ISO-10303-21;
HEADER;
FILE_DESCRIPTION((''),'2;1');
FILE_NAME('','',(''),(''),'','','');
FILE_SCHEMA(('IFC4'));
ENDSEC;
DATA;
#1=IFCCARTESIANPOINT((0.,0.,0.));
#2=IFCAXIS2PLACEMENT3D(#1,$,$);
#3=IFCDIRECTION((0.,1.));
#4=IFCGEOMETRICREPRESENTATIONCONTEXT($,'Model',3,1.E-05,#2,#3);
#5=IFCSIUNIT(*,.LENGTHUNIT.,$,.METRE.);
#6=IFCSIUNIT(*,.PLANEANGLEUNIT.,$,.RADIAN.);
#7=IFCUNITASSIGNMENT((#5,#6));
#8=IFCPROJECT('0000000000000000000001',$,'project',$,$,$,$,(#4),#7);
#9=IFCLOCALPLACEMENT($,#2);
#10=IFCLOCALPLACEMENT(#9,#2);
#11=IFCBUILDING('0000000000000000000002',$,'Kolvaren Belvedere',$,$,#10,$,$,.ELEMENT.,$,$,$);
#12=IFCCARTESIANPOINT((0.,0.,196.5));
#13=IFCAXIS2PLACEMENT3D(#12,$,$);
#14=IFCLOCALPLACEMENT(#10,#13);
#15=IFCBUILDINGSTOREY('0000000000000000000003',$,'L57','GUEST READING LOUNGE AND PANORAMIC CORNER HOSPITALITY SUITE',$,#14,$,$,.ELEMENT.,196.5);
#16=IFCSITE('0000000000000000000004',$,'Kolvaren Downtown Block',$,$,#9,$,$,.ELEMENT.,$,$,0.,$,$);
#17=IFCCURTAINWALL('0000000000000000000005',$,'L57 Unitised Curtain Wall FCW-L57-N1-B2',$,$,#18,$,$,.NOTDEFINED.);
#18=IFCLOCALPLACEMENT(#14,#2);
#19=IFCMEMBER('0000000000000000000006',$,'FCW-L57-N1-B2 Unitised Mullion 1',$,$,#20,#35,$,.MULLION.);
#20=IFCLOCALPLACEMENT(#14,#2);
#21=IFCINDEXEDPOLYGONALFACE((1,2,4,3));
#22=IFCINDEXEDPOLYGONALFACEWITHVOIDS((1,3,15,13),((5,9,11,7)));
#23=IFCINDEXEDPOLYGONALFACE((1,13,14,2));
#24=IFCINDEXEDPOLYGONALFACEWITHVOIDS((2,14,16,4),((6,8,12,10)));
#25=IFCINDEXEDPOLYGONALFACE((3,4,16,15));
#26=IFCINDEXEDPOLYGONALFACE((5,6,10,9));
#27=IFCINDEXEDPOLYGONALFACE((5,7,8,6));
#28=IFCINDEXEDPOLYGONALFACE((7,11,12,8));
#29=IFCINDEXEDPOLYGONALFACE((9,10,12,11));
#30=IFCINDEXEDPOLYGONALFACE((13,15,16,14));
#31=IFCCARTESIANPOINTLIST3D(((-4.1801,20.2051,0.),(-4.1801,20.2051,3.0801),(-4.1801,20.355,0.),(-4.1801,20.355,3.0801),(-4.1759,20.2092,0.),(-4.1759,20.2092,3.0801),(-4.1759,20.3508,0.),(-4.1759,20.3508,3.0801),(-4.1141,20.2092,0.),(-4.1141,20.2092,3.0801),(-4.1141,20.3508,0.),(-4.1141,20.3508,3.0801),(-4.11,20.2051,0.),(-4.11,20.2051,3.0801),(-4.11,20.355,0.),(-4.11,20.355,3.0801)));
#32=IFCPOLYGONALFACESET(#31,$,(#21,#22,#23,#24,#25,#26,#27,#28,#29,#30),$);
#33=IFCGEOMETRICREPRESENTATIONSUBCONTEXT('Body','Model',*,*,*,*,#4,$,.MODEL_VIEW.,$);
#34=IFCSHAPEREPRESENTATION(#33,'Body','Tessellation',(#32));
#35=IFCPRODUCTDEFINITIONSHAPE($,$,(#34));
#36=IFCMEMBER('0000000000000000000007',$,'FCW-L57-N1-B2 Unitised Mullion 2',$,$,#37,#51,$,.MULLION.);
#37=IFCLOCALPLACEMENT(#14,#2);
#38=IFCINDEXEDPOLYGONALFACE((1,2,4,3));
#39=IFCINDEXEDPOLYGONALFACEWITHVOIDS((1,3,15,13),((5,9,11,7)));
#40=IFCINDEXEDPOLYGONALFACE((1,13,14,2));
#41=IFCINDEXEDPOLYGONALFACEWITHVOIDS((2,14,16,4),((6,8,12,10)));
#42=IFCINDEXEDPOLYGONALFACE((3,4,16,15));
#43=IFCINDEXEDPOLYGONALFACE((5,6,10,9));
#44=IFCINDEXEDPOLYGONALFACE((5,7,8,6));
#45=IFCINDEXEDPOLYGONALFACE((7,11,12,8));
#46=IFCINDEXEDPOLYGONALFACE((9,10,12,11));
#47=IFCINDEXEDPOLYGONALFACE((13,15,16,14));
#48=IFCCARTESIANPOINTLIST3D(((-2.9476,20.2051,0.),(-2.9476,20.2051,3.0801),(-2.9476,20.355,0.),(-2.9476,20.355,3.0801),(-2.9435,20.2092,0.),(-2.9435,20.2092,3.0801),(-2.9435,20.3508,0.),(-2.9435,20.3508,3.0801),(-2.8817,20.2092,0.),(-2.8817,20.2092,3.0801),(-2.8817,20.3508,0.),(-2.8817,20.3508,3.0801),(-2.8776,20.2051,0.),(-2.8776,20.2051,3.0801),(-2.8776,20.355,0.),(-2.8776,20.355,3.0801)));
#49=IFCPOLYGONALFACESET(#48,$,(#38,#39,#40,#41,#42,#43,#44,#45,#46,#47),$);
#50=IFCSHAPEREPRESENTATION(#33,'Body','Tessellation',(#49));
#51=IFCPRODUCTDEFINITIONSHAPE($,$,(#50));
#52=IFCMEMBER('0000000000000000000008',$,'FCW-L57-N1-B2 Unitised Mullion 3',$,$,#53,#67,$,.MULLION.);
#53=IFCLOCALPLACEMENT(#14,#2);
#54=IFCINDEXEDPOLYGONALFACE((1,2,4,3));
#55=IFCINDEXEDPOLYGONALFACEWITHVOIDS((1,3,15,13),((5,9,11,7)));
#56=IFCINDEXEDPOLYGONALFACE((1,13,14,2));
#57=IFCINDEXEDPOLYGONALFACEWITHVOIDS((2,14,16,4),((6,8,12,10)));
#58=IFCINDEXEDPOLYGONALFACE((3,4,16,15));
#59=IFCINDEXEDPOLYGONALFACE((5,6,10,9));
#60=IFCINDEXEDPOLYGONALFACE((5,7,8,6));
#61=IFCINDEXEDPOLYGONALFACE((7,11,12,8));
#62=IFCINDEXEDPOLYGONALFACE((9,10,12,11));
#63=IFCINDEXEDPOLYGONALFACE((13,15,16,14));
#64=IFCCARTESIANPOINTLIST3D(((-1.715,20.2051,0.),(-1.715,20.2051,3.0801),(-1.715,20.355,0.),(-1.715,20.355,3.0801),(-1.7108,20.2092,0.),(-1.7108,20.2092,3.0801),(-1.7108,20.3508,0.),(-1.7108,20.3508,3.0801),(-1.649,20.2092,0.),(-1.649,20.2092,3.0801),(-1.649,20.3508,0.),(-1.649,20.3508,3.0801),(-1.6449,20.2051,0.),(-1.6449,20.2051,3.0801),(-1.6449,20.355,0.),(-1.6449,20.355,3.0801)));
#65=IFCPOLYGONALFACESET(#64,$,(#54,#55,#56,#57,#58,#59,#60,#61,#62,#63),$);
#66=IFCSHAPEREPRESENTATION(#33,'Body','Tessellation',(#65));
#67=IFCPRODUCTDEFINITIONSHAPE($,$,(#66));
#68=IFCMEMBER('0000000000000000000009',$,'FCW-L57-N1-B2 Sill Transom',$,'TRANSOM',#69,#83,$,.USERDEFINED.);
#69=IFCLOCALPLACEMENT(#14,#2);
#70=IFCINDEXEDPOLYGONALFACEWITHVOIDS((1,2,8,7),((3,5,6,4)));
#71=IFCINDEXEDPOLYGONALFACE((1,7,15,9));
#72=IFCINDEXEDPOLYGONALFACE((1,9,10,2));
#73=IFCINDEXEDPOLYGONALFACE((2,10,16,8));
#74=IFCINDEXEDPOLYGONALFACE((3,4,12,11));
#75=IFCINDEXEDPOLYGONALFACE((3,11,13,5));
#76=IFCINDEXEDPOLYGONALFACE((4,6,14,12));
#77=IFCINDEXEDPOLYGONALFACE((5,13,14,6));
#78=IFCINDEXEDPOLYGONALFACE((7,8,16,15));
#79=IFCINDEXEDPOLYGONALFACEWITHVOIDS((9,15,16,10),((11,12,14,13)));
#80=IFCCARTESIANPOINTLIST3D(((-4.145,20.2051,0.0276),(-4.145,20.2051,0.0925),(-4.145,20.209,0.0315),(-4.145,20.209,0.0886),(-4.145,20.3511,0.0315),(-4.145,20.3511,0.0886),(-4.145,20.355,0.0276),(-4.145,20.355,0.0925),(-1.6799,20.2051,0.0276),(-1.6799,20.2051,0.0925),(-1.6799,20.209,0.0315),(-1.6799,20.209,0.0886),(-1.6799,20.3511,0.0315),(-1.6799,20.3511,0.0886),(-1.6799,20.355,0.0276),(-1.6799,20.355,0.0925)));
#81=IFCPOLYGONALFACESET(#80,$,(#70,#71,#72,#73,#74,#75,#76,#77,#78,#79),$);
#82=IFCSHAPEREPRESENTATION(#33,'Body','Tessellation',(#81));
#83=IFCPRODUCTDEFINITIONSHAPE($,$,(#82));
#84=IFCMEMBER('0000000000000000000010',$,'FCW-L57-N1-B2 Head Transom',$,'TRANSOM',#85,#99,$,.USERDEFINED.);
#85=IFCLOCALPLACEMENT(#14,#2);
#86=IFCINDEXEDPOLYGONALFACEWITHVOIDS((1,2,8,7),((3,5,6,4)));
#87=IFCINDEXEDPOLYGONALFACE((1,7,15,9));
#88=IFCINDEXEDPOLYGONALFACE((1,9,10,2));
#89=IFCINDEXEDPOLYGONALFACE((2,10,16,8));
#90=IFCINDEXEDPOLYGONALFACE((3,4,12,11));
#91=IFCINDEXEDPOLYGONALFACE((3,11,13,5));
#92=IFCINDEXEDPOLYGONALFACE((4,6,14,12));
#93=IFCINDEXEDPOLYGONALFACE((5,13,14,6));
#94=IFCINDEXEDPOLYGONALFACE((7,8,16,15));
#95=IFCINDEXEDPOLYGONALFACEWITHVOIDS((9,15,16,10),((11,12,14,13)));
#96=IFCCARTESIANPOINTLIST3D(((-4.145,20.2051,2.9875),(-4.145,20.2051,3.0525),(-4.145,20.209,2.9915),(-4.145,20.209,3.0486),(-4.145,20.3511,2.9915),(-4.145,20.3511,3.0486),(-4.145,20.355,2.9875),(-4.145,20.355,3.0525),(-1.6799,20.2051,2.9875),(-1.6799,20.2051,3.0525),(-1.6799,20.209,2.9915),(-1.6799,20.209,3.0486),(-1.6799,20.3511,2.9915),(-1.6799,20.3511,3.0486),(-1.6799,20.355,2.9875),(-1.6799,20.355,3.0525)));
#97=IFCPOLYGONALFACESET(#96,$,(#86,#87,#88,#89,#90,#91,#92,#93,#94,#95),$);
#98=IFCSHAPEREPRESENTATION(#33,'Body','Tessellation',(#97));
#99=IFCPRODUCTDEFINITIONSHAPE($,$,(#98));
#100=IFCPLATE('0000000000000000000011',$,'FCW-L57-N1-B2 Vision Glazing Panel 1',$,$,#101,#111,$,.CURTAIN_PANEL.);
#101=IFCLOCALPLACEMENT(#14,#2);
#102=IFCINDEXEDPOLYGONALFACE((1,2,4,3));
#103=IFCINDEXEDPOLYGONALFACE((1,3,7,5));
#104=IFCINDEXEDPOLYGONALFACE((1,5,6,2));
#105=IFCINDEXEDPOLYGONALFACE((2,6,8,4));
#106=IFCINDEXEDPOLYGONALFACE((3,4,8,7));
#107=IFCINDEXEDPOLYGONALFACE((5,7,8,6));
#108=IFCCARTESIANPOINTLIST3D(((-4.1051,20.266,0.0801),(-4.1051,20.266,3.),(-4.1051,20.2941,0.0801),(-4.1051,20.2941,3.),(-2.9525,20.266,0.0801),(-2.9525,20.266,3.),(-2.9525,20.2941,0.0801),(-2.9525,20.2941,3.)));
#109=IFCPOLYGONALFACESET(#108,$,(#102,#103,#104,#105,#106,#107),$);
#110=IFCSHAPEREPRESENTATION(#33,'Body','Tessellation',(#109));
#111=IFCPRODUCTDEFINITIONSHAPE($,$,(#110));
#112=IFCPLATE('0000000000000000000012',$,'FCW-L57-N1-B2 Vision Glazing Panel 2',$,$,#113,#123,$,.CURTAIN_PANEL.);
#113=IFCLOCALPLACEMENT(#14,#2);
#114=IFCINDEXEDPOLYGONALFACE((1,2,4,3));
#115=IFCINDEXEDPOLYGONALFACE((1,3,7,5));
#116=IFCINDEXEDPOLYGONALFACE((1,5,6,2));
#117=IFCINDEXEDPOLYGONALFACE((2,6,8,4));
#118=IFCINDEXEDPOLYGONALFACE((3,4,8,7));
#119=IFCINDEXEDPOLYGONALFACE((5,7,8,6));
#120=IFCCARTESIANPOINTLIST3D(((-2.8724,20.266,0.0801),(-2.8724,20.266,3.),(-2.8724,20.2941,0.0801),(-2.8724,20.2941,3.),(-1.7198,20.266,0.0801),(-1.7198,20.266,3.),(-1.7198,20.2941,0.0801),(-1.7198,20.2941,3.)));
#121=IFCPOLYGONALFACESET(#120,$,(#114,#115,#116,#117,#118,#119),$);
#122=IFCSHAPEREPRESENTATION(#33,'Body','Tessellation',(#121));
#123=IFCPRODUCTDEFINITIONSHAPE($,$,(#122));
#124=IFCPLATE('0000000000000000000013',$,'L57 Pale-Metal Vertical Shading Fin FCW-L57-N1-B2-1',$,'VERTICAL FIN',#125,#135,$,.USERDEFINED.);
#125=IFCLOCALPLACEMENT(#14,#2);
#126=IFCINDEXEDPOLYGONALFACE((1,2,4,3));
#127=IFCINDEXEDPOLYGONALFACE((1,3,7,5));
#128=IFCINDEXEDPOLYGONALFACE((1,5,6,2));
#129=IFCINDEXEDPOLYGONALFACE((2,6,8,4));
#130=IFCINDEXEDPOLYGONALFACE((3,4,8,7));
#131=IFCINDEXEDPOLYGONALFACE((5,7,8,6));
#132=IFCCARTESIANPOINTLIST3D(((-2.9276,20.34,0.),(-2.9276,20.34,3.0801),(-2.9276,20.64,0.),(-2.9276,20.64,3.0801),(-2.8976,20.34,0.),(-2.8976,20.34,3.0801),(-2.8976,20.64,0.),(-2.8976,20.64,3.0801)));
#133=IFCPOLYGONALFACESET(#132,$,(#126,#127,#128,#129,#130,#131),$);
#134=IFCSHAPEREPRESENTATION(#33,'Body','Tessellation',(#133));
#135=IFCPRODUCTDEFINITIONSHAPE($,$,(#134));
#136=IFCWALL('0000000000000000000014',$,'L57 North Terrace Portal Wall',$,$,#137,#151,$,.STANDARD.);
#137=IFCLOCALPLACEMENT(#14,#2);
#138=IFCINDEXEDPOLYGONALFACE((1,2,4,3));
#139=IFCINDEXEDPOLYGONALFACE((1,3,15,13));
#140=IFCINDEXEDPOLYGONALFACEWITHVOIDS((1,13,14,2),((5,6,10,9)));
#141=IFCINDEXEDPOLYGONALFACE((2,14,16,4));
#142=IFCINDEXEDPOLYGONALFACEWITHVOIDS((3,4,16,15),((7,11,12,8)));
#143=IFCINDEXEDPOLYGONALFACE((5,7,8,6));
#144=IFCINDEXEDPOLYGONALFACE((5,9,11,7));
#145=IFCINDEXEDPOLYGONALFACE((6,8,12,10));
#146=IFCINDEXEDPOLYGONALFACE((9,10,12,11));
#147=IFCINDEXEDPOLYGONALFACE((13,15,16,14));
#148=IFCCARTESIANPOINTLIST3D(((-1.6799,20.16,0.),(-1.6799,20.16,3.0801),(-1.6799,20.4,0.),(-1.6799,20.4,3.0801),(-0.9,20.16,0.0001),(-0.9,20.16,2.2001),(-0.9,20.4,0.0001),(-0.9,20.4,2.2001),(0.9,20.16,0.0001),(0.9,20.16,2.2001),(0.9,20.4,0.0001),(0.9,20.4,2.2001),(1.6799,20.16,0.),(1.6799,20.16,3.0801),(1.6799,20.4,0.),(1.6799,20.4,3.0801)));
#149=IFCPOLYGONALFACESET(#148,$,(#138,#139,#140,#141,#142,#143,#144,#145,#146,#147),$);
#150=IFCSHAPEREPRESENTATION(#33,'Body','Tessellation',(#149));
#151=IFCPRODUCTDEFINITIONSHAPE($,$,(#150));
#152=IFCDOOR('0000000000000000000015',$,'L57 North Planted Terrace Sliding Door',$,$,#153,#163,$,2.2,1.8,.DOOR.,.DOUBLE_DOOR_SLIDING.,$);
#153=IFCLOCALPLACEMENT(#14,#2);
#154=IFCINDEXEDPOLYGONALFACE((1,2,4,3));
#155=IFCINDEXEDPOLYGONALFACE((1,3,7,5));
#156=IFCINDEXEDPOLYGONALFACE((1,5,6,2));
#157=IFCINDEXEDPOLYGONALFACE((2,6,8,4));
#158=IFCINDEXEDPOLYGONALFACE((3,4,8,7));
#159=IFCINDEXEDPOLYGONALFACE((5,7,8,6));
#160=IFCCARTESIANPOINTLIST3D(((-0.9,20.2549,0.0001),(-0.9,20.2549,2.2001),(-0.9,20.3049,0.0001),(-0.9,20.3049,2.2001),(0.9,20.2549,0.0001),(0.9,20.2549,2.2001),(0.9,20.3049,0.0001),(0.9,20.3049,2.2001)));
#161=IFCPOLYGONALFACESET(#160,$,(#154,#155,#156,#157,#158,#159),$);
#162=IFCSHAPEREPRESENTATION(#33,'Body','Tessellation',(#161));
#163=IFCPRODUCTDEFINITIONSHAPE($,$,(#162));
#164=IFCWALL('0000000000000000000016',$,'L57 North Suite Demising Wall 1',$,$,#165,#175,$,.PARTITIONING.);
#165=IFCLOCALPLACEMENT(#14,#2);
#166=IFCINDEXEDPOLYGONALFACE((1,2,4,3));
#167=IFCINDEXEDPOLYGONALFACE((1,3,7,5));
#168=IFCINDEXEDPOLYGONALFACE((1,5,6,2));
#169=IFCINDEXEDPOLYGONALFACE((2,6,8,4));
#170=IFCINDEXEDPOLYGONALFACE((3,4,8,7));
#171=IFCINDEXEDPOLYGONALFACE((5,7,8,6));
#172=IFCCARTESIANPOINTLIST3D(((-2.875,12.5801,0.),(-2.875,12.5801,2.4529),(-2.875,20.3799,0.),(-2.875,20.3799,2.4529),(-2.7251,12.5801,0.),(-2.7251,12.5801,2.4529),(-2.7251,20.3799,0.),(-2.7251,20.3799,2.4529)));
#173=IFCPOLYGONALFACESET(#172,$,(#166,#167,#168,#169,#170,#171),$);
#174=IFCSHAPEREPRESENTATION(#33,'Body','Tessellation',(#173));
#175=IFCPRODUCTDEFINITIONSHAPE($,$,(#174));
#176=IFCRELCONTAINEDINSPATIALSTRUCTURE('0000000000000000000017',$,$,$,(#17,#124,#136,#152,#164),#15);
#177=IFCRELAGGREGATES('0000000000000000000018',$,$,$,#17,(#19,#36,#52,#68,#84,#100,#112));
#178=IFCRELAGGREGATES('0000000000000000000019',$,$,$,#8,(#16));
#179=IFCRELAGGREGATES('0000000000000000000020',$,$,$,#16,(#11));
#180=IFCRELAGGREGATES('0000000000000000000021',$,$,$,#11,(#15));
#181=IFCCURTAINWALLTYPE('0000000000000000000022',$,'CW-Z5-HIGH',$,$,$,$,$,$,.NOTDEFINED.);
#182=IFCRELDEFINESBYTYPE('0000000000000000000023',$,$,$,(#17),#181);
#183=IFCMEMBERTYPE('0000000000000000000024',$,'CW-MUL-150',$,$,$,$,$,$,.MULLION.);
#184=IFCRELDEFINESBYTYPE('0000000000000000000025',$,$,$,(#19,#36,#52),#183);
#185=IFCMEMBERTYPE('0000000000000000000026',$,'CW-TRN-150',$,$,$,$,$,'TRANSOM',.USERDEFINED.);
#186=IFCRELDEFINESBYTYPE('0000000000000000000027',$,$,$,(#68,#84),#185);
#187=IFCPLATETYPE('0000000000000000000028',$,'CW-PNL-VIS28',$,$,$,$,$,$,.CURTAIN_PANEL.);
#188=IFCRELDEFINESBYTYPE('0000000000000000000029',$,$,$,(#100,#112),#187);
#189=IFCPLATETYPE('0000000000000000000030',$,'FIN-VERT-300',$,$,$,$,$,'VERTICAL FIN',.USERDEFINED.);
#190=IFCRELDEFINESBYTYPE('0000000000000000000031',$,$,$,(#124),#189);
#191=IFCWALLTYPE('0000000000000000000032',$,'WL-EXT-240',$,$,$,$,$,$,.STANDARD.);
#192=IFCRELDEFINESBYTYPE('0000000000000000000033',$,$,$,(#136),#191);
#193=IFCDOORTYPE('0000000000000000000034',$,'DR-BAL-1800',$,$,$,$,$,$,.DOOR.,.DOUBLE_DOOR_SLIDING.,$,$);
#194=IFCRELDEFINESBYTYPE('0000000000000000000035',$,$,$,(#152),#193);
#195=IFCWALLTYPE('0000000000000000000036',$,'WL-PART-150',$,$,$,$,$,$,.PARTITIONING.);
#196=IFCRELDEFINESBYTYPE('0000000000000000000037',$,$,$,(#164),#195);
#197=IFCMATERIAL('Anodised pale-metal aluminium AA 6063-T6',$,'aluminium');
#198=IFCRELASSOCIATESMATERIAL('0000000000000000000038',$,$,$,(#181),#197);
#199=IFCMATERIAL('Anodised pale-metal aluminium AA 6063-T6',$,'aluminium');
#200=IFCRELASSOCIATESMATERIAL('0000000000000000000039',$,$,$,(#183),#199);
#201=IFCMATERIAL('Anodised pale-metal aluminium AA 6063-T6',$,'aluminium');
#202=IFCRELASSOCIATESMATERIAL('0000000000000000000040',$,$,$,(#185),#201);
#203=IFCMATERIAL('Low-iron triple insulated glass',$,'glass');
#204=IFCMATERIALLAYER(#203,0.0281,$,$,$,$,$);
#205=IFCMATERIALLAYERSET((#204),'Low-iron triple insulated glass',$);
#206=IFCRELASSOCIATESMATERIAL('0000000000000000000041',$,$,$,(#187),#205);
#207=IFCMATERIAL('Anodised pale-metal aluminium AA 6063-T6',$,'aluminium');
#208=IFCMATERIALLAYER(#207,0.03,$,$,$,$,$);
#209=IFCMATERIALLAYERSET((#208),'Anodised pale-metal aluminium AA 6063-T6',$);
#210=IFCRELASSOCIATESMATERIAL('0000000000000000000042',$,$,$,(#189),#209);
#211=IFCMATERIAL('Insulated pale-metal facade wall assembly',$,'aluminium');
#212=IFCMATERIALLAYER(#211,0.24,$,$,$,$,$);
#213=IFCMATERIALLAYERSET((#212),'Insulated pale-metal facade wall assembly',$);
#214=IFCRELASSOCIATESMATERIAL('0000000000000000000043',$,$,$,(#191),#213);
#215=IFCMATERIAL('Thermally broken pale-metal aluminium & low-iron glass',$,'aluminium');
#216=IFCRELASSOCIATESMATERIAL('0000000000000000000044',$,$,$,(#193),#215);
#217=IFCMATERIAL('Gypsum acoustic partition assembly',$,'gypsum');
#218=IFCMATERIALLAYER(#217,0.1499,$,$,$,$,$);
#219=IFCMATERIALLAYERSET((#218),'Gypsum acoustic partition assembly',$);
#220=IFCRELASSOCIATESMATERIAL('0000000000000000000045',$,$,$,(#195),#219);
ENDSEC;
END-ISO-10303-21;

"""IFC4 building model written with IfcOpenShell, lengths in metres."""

from ifc_helpers import new_model, si_unit, direction, frame, frame_2d, origin, origin_2d, place, context, subcontext, project, spatial, rectangle, hollow_rectangle, extrude, material, layer, layer_set, material_profile, profile_set, type_object, element, fill, aggregate, save


model = new_model("IFC4")

# Units and contexts
model_context = context("Model", 3, precision=1e-05, world=origin(), true_north=direction((0.0, 1.0)))
body_context = subcontext(model_context, "Body", "Model", "MODEL_VIEW")
ifc_project = project(units=[si_unit("LENGTHUNIT", "METRE"), si_unit("PLANEANGLEUNIT", "RADIAN")], contexts=[model_context])

# Site, building, storey
site_placement = place(None, origin())
site = spatial("IfcSite", under=ifc_project, at=site_placement, Name="Kolvaren Downtown Block", CompositionType="ELEMENT", RefElevation=0.0)
building_placement = place(site_placement, origin())
building = spatial("IfcBuilding", under=site, at=building_placement, Name="Kolvaren Belvedere", CompositionType="ELEMENT")
storey_placement = place(building_placement, frame((0.0, 0.0, 196.5)))
storey = spatial("IfcBuildingStorey", under=building, at=storey_placement, Name="L57", Description="GUEST READING LOUNGE AND PANORAMIC CORNER HOSPITALITY SUITE", CompositionType="ELEMENT", Elevation=196.5)

# Shared definitions
ifc_material_1 = material(Name="Anodised pale-metal aluminium AA 6063-T6", Category="aluminium")
curtain_wall_type = type_object("IfcCurtainWallType", Name="CW-Z5-HIGH", PredefinedType="NOTDEFINED", material=ifc_material_1)
ifc_material_2 = material(Name="Anodised pale-metal aluminium AA 6063-T6", Category="aluminium")
ifc_material_profile_1 = material_profile(ifc_material_2, hollow_rectangle(XDim=0.0701, YDim=0.1499, WallThickness=0.0042, at=origin_2d()), Name="ALU-MUL-150X70")
ifc_profile_set_1 = profile_set([ifc_material_profile_1], Name="Anodised pale-metal aluminium AA 6063-T6")
member_type_1 = type_object("IfcMemberType", Name="CW-MUL-150", PredefinedType="MULLION", material=ifc_profile_set_1)

# Curtain wall, members, plates
curtain_wall_1_placement = place(storey_placement, origin())
curtain_wall_1 = element("IfcCurtainWall", 1, at=curtain_wall_1_placement, inside=storey, type_object=curtain_wall_type, Name="L57 Unitised Curtain Wall FCW-L57-N1-B2", PredefinedType="NOTDEFINED")
member_1_placement = place(storey_placement, frame((-4.145, 20.28, 0.0), z_axis=(0.0, 0.0, 1.0), x_axis=(1.0, 0.0, 0.0)))
member_1 = element("IfcMember", 2, at=member_1_placement, type_object=member_type_1, Name="FCW-L57-N1-B2 Unitised Mullion 1", PredefinedType="MULLION", context=body_context, shape_type="SweptSolid", body=[
    extrude(hollow_rectangle(XDim=0.0701, YDim=0.1499, WallThickness=0.0042, at=origin_2d()), origin(), (0.0, 0.0, 1.0), 3.0801),
])
member_2_placement = place(storey_placement, frame((-2.9126, 20.28, 0.0), z_axis=(0.0, 0.0, 1.0), x_axis=(1.0, 0.0, 0.0)))
member_2 = element("IfcMember", 3, at=member_2_placement, type_object=member_type_1, Name="FCW-L57-N1-B2 Unitised Mullion 2", PredefinedType="MULLION", context=body_context, shape_type="SweptSolid", body=[
    extrude(hollow_rectangle(XDim=0.0701, YDim=0.1499, WallThickness=0.0042, at=origin_2d()), origin(), (0.0, 0.0, 1.0), 3.0801),
])
member_3_placement = place(storey_placement, frame((-1.6799, 20.28, 0.0), z_axis=(0.0, 0.0, 1.0), x_axis=(1.0, 0.0, 0.0)))
member_3 = element("IfcMember", 4, at=member_3_placement, type_object=member_type_1, Name="FCW-L57-N1-B2 Unitised Mullion 3", PredefinedType="MULLION", context=body_context, shape_type="SweptSolid", body=[
    extrude(hollow_rectangle(XDim=0.0701, YDim=0.1499, WallThickness=0.0042, at=origin_2d()), origin(), (0.0, 0.0, 1.0), 3.0801),
])
ifc_material_3 = material(Name="Anodised pale-metal aluminium AA 6063-T6", Category="aluminium")
ifc_material_profile_2 = material_profile(ifc_material_3, hollow_rectangle(XDim=0.0649, YDim=0.1499, WallThickness=0.0039, at=origin_2d()), Name="ALU-TRN-150X65")
ifc_profile_set_2 = profile_set([ifc_material_profile_2], Name="Anodised pale-metal aluminium AA 6063-T6")
member_type_2 = type_object("IfcMemberType", Name="CW-TRN-150", ElementType="TRANSOM", PredefinedType="USERDEFINED", material=ifc_profile_set_2)
member_4_placement = place(storey_placement, frame((-4.145, 20.28, 0.0601), z_axis=(1.0, 0.0, 0.0), x_axis=(0.0, 0.0, 1.0)))
member_4 = element("IfcMember", 5, at=member_4_placement, type_object=member_type_2, Name="FCW-L57-N1-B2 Sill Transom", ObjectType="TRANSOM", PredefinedType="USERDEFINED", context=body_context, shape_type="SweptSolid", body=[
    extrude(hollow_rectangle(XDim=0.0649, YDim=0.1499, WallThickness=0.0039, at=origin_2d()), origin(), (0.0, 0.0, 1.0), 2.4651),
])
member_5_placement = place(storey_placement, frame((-4.145, 20.28, 3.02), z_axis=(1.0, 0.0, 0.0), x_axis=(0.0, 0.0, 1.0)))
member_5 = element("IfcMember", 6, at=member_5_placement, type_object=member_type_2, Name="FCW-L57-N1-B2 Head Transom", ObjectType="TRANSOM", PredefinedType="USERDEFINED", context=body_context, shape_type="SweptSolid", body=[
    extrude(hollow_rectangle(XDim=0.0649, YDim=0.1499, WallThickness=0.0039, at=origin_2d()), origin(), (0.0, 0.0, 1.0), 2.4651),
])
ifc_material_4 = material(Name="Low-iron triple insulated glass", Category="glass")
ifc_layer_1 = layer(ifc_material_4, 0.0281)
ifc_layer_set_1 = layer_set([ifc_layer_1], Name="Low-iron triple insulated glass")
plate_type_1 = type_object("IfcPlateType", Name="CW-PNL-VIS28", PredefinedType="CURTAIN_PANEL", material=ifc_layer_set_1)
plate_1_placement = place(storey_placement, frame((-3.5288, 20.28, 0.0801), z_axis=(0.0, 0.0, 1.0), x_axis=(1.0, 0.0, 0.0)))
plate_1 = element("IfcPlate", 7, at=plate_1_placement, type_object=plate_type_1, Name="FCW-L57-N1-B2 Vision Glazing Panel 1", PredefinedType="CURTAIN_PANEL", context=body_context, shape_type="SweptSolid", body=[
    extrude(rectangle(XDim=1.1526, YDim=0.0281, at=origin_2d()), origin(), (0.0, 0.0, 1.0), 2.9199),
])
plate_2_placement = place(storey_placement, frame((-2.2961, 20.28, 0.0801), z_axis=(0.0, 0.0, 1.0), x_axis=(1.0, 0.0, 0.0)))
plate_2 = element("IfcPlate", 8, at=plate_2_placement, type_object=plate_type_1, Name="FCW-L57-N1-B2 Vision Glazing Panel 2", PredefinedType="CURTAIN_PANEL", context=body_context, shape_type="SweptSolid", body=[
    extrude(rectangle(XDim=1.1526, YDim=0.0281, at=origin_2d()), origin(), (0.0, 0.0, 1.0), 2.9199),
])
aggregate(curtain_wall_1, [member_1, member_2, member_3, member_4, member_5, plate_1, plate_2])

# Plate
ifc_material_5 = material(Name="Anodised pale-metal aluminium AA 6063-T6", Category="aluminium")
ifc_layer_2 = layer(ifc_material_5, 0.03)
ifc_layer_set_2 = layer_set([ifc_layer_2], Name="Anodised pale-metal aluminium AA 6063-T6")
plate_type_2 = type_object("IfcPlateType", Name="FIN-VERT-300", ElementType="VERTICAL FIN", PredefinedType="USERDEFINED", material=ifc_layer_set_2)
plate_3_placement = place(storey_placement, frame((-2.9126, 20.49, 0.0), z_axis=(0.0, 0.0, 1.0), x_axis=(0.0, 1.0, 0.0)))
element("IfcPlate", 9, at=plate_3_placement, inside=storey, type_object=plate_type_2, Name="L57 Pale-Metal Vertical Shading Fin FCW-L57-N1-B2-1", ObjectType="VERTICAL FIN", PredefinedType="USERDEFINED", context=body_context, shape_type="SweptSolid", body=[
    extrude(rectangle(XDim=0.3, YDim=0.03, at=origin_2d()), origin(), (0.0, 0.0, 1.0), 3.0801),
])

# Wall, opening, door
ifc_material_6 = material(Name="Insulated pale-metal facade wall assembly", Category="aluminium")
ifc_layer_3 = layer(ifc_material_6, 0.24)
ifc_layer_set_3 = layer_set([ifc_layer_3], Name="Insulated pale-metal facade wall assembly")
wall_type_1 = type_object("IfcWallType", Name="WL-EXT-240", PredefinedType="STANDARD", material=ifc_layer_set_3)
wall_1_placement = place(storey_placement, frame((-1.6799, 20.28, 0.0), z_axis=(0.0, 0.0, 1.0), x_axis=(1.0, 0.0, 0.0)))
wall_1 = element("IfcWall", 10, at=wall_1_placement, inside=storey, type_object=wall_type_1, Name="L57 North Terrace Portal Wall", PredefinedType="STANDARD", context=body_context, shape_type="SweptSolid", body=[
    extrude(rectangle(XDim=3.3599, YDim=0.24, at=frame_2d((1.6799, 0.0))), origin(), (0.0, 0.0, 1.0), 3.0801),
])
opening_placement = place(wall_1_placement, frame((0.78, 0.0, 0.0)))
opening = element("IfcOpeningElement", 11, at=opening_placement, cuts=wall_1, PredefinedType="OPENING", context=body_context, shape_type="SweptSolid", body=[
    extrude(rectangle(XDim=1.8, YDim=2.2, at=frame_2d((0.8999, 1.1001))), frame((0.0, 0.1299, 0.0), z_axis=(0.0, -1.0, 0.0), x_axis=(1.0, 0.0, 0.0)), (0.0, 0.0, 1.0), 0.26),
])
ifc_material_7 = material(Name="Thermally broken pale-metal aluminium & low-iron glass", Category="aluminium")
door_type = type_object("IfcDoorType", Name="DR-BAL-1800", OperationType="DOUBLE_DOOR_SLIDING", PredefinedType="DOOR", material=ifc_material_7)
door_placement = place(opening_placement, origin())
door = element("IfcDoor", 12, at=door_placement, inside=storey, type_object=door_type, Name="L57 North Planted Terrace Sliding Door", OperationType="DOUBLE_DOOR_SLIDING", OverallHeight=2.2, OverallWidth=1.8, PredefinedType="DOOR", context=body_context, shape_type="SweptSolid", body=[
    extrude(rectangle(XDim=1.8, YDim=2.2, at=frame_2d((0.8999, 1.1001))), frame((0.0, 0.0249, 0.0), z_axis=(0.0, -1.0, 0.0), x_axis=(1.0, 0.0, 0.0)), (0.0, 0.0, 1.0), 0.05),
])
fill(opening, door)

# Wall
ifc_material_8 = material(Name="Gypsum acoustic partition assembly", Category="gypsum")
ifc_layer_4 = layer(ifc_material_8, 0.1499)
ifc_layer_set_4 = layer_set([ifc_layer_4], Name="Gypsum acoustic partition assembly")
wall_type_2 = type_object("IfcWallType", Name="WL-PART-150", PredefinedType="PARTITIONING", material=ifc_layer_set_4)
wall_2_placement = place(storey_placement, frame((-2.8, 12.5801, 0.0), z_axis=(0.0, 0.0, 1.0), x_axis=(0.0, 1.0, 0.0)))
element("IfcWall", 13, at=wall_2_placement, inside=storey, type_object=wall_type_2, Name="L57 North Suite Demising Wall 1", PredefinedType="PARTITIONING", context=body_context, shape_type="SweptSolid", body=[
    extrude(rectangle(XDim=7.7998, YDim=0.1499, at=frame_2d((3.8999, 0.0))), origin(), (0.0, 0.0, 1.0), 2.4529),
])

save(model, "model.ifc")
